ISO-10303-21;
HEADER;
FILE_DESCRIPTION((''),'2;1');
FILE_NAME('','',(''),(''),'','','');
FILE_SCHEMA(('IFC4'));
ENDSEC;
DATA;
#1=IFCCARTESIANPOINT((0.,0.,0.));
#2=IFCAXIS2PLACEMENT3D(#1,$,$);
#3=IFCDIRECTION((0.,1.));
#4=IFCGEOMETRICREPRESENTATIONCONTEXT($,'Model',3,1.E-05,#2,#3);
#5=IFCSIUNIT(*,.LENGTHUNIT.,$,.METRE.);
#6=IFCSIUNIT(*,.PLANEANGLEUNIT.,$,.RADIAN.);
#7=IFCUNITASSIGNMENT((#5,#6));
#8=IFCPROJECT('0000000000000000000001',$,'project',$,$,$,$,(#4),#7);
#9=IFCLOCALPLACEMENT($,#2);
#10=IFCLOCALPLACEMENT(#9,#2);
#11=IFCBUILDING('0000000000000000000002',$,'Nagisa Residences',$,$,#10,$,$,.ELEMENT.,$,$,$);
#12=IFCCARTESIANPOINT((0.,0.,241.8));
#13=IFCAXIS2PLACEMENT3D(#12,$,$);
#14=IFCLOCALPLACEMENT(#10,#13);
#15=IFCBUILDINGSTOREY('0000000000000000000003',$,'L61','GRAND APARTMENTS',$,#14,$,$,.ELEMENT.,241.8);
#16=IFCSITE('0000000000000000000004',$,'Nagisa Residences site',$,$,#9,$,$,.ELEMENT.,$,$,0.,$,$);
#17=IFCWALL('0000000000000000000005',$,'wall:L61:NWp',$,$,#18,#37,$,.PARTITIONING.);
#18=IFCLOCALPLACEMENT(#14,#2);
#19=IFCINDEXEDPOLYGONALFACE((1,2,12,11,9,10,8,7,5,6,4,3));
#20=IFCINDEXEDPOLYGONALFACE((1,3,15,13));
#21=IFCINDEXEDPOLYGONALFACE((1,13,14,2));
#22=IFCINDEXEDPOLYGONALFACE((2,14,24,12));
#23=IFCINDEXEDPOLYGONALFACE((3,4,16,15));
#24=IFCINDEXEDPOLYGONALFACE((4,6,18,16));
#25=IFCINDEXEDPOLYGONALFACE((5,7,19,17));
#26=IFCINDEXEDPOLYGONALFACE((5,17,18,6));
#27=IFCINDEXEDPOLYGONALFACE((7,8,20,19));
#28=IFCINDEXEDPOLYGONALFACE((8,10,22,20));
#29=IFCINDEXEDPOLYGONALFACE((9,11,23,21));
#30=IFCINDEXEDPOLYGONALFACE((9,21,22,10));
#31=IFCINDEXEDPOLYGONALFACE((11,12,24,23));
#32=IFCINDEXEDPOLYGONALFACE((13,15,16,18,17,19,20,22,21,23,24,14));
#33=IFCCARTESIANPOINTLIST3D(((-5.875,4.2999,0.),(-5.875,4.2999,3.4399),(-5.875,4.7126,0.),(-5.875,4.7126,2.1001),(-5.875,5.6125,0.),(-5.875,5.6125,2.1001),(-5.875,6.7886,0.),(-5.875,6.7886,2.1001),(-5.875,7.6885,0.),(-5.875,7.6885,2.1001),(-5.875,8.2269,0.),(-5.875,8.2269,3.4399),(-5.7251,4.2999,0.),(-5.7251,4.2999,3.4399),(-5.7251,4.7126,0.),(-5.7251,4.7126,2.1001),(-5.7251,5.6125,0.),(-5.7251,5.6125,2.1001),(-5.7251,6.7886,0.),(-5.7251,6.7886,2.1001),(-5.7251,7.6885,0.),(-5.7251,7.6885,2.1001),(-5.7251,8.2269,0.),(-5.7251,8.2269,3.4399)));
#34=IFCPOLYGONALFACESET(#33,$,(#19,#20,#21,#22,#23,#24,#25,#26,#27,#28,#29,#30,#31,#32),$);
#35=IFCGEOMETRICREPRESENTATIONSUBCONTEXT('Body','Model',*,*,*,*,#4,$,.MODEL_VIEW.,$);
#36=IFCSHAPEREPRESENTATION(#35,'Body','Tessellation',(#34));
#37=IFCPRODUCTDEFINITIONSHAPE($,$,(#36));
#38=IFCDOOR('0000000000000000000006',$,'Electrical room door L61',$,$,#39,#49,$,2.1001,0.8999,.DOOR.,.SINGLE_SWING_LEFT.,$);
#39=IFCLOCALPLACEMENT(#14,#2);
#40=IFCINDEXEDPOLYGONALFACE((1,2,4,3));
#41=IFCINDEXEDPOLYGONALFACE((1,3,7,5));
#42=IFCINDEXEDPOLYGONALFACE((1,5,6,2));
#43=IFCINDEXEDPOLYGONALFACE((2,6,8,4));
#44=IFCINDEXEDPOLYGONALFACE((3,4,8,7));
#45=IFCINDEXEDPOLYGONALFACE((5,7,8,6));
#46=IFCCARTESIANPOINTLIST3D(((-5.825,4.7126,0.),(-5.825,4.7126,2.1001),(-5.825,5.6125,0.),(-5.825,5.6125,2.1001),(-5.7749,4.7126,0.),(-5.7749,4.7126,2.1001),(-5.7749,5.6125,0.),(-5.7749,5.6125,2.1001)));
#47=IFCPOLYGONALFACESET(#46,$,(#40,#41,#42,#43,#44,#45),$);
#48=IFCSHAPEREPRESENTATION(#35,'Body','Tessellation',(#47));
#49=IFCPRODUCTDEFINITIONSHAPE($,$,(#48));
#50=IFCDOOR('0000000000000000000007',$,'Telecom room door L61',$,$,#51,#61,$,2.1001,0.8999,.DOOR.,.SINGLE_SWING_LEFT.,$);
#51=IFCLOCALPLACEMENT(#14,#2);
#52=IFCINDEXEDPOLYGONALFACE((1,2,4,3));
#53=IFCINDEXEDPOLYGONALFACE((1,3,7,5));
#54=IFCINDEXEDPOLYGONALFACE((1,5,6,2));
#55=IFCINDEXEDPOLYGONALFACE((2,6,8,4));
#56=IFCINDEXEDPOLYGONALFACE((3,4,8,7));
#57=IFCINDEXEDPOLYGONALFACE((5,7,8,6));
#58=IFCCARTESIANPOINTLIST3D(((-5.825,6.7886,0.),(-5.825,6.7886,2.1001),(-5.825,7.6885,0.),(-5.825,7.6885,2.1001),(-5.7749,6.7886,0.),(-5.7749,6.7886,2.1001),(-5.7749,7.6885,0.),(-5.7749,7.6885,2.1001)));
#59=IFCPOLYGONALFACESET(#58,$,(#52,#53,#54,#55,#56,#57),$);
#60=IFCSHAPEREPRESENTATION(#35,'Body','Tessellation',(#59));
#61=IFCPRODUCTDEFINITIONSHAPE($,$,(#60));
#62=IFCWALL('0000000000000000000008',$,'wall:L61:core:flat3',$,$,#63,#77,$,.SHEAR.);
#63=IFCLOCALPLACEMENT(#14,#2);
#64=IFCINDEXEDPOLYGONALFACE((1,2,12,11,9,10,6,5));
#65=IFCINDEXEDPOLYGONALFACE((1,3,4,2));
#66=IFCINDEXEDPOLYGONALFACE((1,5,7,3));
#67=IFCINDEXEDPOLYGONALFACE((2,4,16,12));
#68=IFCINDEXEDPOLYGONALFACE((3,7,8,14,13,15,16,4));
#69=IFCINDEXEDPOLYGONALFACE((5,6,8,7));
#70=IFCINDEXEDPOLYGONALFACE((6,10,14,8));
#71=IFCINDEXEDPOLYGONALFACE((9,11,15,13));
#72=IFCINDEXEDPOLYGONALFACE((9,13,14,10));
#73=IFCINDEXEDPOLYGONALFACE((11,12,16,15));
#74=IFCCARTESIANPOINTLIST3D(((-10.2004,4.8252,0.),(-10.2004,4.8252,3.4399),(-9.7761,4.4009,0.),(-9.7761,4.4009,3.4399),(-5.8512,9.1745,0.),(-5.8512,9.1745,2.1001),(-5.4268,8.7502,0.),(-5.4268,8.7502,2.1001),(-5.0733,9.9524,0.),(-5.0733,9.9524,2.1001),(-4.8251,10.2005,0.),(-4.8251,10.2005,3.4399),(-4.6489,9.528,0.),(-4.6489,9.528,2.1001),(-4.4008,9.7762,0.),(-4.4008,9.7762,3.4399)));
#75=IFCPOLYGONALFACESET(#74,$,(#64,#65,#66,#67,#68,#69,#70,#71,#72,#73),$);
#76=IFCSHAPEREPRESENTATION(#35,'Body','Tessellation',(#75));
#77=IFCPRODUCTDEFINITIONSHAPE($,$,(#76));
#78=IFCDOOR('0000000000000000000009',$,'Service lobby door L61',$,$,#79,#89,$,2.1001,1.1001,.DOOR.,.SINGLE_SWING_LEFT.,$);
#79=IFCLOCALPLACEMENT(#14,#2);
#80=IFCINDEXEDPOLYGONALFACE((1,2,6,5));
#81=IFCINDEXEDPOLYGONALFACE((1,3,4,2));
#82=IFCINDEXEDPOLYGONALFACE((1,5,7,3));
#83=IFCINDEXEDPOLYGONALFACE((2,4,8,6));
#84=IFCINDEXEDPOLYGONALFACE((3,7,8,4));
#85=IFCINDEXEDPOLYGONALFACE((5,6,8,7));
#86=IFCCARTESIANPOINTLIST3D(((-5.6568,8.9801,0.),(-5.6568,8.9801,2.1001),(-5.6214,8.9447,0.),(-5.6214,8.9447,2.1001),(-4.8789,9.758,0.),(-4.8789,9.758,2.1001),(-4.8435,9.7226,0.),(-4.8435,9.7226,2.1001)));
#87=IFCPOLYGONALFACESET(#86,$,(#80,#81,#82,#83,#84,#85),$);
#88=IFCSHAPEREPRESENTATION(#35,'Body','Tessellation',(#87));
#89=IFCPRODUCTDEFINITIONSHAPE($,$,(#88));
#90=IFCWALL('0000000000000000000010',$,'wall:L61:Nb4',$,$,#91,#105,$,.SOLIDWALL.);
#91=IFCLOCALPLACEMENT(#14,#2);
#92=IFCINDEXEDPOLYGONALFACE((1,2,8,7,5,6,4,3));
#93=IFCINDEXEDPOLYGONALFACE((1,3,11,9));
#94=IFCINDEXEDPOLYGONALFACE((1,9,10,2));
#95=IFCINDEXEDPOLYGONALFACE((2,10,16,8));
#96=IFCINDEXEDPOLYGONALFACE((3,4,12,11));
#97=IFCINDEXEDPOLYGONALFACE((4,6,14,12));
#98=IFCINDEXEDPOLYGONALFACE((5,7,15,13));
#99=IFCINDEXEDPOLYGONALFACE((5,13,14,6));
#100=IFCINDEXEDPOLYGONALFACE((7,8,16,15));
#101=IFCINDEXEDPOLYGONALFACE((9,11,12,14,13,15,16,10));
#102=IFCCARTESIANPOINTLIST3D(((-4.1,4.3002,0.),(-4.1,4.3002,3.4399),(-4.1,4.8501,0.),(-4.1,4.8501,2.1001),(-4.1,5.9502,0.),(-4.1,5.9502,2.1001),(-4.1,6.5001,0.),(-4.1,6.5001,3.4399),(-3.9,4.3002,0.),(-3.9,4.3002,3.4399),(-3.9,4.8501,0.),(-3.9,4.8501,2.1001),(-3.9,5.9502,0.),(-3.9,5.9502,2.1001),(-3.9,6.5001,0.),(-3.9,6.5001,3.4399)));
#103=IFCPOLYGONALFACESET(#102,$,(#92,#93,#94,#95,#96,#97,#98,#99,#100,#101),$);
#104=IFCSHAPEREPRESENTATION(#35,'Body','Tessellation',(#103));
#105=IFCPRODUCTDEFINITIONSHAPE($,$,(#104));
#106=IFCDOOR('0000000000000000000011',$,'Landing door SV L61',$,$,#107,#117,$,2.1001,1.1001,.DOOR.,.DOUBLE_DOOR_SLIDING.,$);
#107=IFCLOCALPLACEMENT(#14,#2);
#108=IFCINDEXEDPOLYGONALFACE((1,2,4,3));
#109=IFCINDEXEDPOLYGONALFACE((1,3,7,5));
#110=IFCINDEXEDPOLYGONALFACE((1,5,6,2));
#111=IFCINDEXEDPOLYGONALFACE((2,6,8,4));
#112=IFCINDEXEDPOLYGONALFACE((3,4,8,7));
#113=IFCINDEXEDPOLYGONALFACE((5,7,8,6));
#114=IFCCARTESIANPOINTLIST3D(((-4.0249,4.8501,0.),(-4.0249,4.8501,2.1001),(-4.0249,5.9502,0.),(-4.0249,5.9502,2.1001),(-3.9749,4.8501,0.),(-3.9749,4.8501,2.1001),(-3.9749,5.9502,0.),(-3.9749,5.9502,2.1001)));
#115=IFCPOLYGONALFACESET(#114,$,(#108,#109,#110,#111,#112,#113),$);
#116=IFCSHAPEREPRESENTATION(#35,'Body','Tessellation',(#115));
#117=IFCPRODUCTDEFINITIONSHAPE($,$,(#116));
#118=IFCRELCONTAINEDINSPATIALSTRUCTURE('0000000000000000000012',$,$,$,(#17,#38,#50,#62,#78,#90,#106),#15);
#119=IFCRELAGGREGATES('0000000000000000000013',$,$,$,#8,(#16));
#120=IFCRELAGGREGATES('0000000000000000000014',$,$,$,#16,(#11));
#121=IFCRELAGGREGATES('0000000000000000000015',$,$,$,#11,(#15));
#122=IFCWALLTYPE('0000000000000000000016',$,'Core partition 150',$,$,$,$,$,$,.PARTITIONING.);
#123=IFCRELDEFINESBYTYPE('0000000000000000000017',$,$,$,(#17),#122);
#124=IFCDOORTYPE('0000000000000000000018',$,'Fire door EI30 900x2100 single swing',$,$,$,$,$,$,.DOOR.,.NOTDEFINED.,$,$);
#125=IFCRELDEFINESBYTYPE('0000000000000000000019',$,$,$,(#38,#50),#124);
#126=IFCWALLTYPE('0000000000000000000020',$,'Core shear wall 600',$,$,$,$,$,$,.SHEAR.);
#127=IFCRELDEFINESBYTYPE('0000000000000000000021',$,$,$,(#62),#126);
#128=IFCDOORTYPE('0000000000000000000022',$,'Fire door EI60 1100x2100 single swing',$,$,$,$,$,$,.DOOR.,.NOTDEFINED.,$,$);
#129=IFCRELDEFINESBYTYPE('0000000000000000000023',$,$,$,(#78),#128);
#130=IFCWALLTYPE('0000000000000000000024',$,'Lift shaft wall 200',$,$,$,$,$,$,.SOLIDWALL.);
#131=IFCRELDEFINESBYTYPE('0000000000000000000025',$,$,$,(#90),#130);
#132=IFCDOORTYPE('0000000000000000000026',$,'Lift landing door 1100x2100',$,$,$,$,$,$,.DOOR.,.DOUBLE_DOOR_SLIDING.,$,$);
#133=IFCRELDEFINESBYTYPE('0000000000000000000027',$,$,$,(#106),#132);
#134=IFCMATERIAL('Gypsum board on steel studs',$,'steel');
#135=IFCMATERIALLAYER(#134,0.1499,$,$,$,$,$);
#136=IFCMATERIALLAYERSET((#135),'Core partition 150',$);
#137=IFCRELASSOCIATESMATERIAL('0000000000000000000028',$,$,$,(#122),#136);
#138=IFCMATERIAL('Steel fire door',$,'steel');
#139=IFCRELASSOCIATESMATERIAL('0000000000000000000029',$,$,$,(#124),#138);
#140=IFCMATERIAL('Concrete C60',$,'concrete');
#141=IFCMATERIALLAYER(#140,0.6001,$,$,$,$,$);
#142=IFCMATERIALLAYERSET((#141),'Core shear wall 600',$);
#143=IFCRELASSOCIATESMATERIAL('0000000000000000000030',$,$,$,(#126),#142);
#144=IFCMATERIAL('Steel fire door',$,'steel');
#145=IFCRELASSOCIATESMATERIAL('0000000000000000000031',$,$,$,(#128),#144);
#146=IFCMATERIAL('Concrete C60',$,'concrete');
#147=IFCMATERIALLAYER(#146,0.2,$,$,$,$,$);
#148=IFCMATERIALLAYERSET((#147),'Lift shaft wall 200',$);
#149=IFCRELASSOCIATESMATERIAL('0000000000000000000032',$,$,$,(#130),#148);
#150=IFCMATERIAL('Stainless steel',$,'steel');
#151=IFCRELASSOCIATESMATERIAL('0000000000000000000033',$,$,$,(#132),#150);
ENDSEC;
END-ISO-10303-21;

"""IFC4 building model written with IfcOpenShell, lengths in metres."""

from ifc_helpers import new_model, si_unit, direction, frame, frame_2d, origin, place, context, subcontext, project, spatial, rectangle, extrude, material, layer, layer_set, type_object, element, fill, save


model = new_model("IFC4")

# Units and contexts
model_context = context("Model", 3, precision=1e-05, world=origin(), true_north=direction((0.0, 1.0)))
body_context = subcontext(model_context, "Body", "Model", "MODEL_VIEW")
ifc_project = project(units=[si_unit("LENGTHUNIT", "METRE"), si_unit("PLANEANGLEUNIT", "RADIAN")], contexts=[model_context])

# Site, building, storey
site_placement = place(None, origin())
site = spatial("IfcSite", under=ifc_project, at=site_placement, Name="Nagisa Residences site", CompositionType="ELEMENT", RefElevation=0.0)
building_placement = place(site_placement, origin())
building = spatial("IfcBuilding", under=site, at=building_placement, Name="Nagisa Residences", CompositionType="ELEMENT")
storey_placement = place(building_placement, frame((0.0, 0.0, 241.8)))
storey = spatial("IfcBuildingStorey", under=building, at=storey_placement, Name="L61", Description="GRAND APARTMENTS", CompositionType="ELEMENT", Elevation=241.8)

# Wall, openings, doors
ifc_material_1 = material(Name="Gypsum board on steel studs", Category="steel")
ifc_layer_1 = layer(ifc_material_1, 0.1499)
ifc_layer_set_1 = layer_set([ifc_layer_1], Name="Core partition 150")
wall_type_1 = type_object("IfcWallType", Name="Core partition 150", PredefinedType="PARTITIONING", material=ifc_layer_set_1)
wall_1_placement = place(storey_placement, frame((-5.8, 4.3, 0.0), z_axis=(0.0, 0.0, 1.0), x_axis=(0.0, 1.0, 0.0)))
wall_1 = element("IfcWall", 1, at=wall_1_placement, inside=storey, type_object=wall_type_1, Name="wall:L61:NWp", PredefinedType="PARTITIONING", context=body_context, shape_type="SweptSolid", body=[
    extrude(rectangle(XDim=3.927, YDim=0.1499, at=frame_2d((1.9634, 0.0))), origin(), (0.0, 0.0, 1.0), 3.4399),
])
opening_1_placement = place(wall_1_placement, frame((0.4126, 0.0, 0.0)))
opening_1 = element("IfcOpeningElement", 2, at=opening_1_placement, cuts=wall_1, PredefinedType="OPENING", context=body_context, shape_type="SweptSolid", body=[
    extrude(rectangle(XDim=0.8999, YDim=2.1001, at=frame_2d((0.45, 1.05))), frame((0.0, 0.085, 0.0), z_axis=(0.0, -1.0, 0.0), x_axis=(1.0, 0.0, 0.0)), (0.0, 0.0, 1.0), 0.1699),
])
opening_2_placement = place(wall_1_placement, frame((2.4885, 0.0, 0.0)))
opening_2 = element("IfcOpeningElement", 3, at=opening_2_placement, cuts=wall_1, PredefinedType="OPENING", context=body_context, shape_type="SweptSolid", body=[
    extrude(rectangle(XDim=0.8999, YDim=2.1001, at=frame_2d((0.45, 1.05))), frame((0.0, 0.085, 0.0), z_axis=(0.0, -1.0, 0.0), x_axis=(1.0, 0.0, 0.0)), (0.0, 0.0, 1.0), 0.1699),
])
ifc_material_2 = material(Name="Steel fire door", Category="steel")
door_type_1 = type_object("IfcDoorType", Name="Fire door EI30 900x2100 single swing", OperationType="NOTDEFINED", PredefinedType="DOOR", material=ifc_material_2)
door_1_placement = place(opening_1_placement, origin())
door_1 = element("IfcDoor", 4, at=door_1_placement, inside=storey, type_object=door_type_1, Name="Electrical room door L61", OperationType="SINGLE_SWING_LEFT", OverallHeight=2.1001, OverallWidth=0.8999, PredefinedType="DOOR", context=body_context, shape_type="SweptSolid", body=[
    extrude(rectangle(XDim=0.8999, YDim=2.1001, at=frame_2d((0.45, 1.05))), frame((0.0, 0.0249, 0.0), z_axis=(0.0, -1.0, 0.0), x_axis=(1.0, 0.0, 0.0)), (0.0, 0.0, 1.0), 0.05),
])
fill(opening_1, door_1)
door_2_placement = place(opening_2_placement, origin())
door_2 = element("IfcDoor", 5, at=door_2_placement, inside=storey, type_object=door_type_1, Name="Telecom room door L61", OperationType="SINGLE_SWING_LEFT", OverallHeight=2.1001, OverallWidth=0.8999, PredefinedType="DOOR", context=body_context, shape_type="SweptSolid", body=[
    extrude(rectangle(XDim=0.8999, YDim=2.1001, at=frame_2d((0.45, 1.05))), frame((0.0, 0.0249, 0.0), z_axis=(0.0, -1.0, 0.0), x_axis=(1.0, 0.0, 0.0)), (0.0, 0.0, 1.0), 0.05),
])
fill(opening_2, door_2)

# Walls, openings, doors
ifc_material_3 = material(Name="Concrete C60", Category="concrete")
ifc_layer_2 = layer(ifc_material_3, 0.6001)
ifc_layer_set_2 = layer_set([ifc_layer_2], Name="Core shear wall 600")
wall_type_2 = type_object("IfcWallType", Name="Core shear wall 600", PredefinedType="SHEAR", material=ifc_layer_set_2)
wall_2_placement = place(storey_placement, frame((-4.613, 9.9883, 0.0), z_axis=(0.0, 0.0, 1.0), x_axis=(-0.707107, -0.707107, 0.0)))
wall_2 = element("IfcWall", 6, at=wall_2_placement, inside=storey, type_object=wall_type_2, Name="wall:L61:core:flat3", PredefinedType="SHEAR", context=body_context, shape_type="SweptSolid", body=[
    extrude(rectangle(XDim=7.6018, YDim=0.6001, at=frame_2d((3.8008, 0.0))), origin(), (0.0, 0.0, 1.0), 3.4399),
])
opening_3_placement = place(wall_2_placement, frame((0.3508, 0.0, 0.0)))
opening_3 = element("IfcOpeningElement", 7, at=opening_3_placement, cuts=wall_2, PredefinedType="OPENING", context=body_context, shape_type="SweptSolid", body=[
    extrude(rectangle(XDim=1.1001, YDim=2.1001, at=frame_2d((0.55, 1.05))), frame((0.0, 0.3101, 0.0), z_axis=(0.0, -1.0, 0.0), x_axis=(1.0, 0.0, 0.0)), (0.0, 0.0, 1.0), 0.6201),
])
ifc_material_4 = material(Name="Steel fire door", Category="steel")
door_type_2 = type_object("IfcDoorType", Name="Fire door EI60 1100x2100 single swing", OperationType="NOTDEFINED", PredefinedType="DOOR", material=ifc_material_4)
door_3_placement = place(opening_3_placement, origin())
door_3 = element("IfcDoor", 8, at=door_3_placement, inside=storey, type_object=door_type_2, Name="Service lobby door L61", OperationType="SINGLE_SWING_LEFT", OverallHeight=2.1001, OverallWidth=1.1001, PredefinedType="DOOR", context=body_context, shape_type="SweptSolid", body=[
    extrude(rectangle(XDim=1.1001, YDim=2.1001, at=frame_2d((0.55, 1.05))), frame((0.0, 0.0249, 0.0), z_axis=(0.0, -1.0, 0.0), x_axis=(1.0, 0.0, 0.0)), (0.0, 0.0, 1.0), 0.05),
])
fill(opening_3, door_3)
ifc_material_5 = material(Name="Concrete C60", Category="concrete")
ifc_layer_3 = layer(ifc_material_5, 0.2)
ifc_layer_set_3 = layer_set([ifc_layer_3], Name="Lift shaft wall 200")
wall_type_3 = type_object("IfcWallType", Name="Lift shaft wall 200", PredefinedType="SOLIDWALL", material=ifc_layer_set_3)
wall_3_placement = place(storey_placement, frame((-4.0, 4.3, 0.0), z_axis=(0.0, 0.0, 1.0), x_axis=(0.0, 1.0, 0.0)))
wall_3 = element("IfcWall", 9, at=wall_3_placement, inside=storey, type_object=wall_type_3, Name="wall:L61:Nb4", PredefinedType="SOLIDWALL", context=body_context, shape_type="SweptSolid", body=[
    extrude(rectangle(XDim=2.2, YDim=0.2, at=frame_2d((1.1001, 0.0))), origin(), (0.0, 0.0, 1.0), 3.4399),
])
opening_4_placement = place(wall_3_placement, frame((0.55, 0.0, 0.0)))
opening_4 = element("IfcOpeningElement", 10, at=opening_4_placement, cuts=wall_3, PredefinedType="OPENING", context=body_context, shape_type="SweptSolid", body=[
    extrude(rectangle(XDim=1.1001, YDim=2.1001, at=frame_2d((0.55, 1.05))), frame((0.0, 0.1099, 0.0), z_axis=(0.0, -1.0, 0.0), x_axis=(1.0, 0.0, 0.0)), (0.0, 0.0, 1.0), 0.22),
])
ifc_material_6 = material(Name="Stainless steel", Category="steel")
door_type_3 = type_object("IfcDoorType", Name="Lift landing door 1100x2100", OperationType="DOUBLE_DOOR_SLIDING", PredefinedType="DOOR", material=ifc_material_6)
door_4_placement = place(opening_4_placement, origin())
door_4 = element("IfcDoor", 11, at=door_4_placement, inside=storey, type_object=door_type_3, Name="Landing door SV L61", OperationType="DOUBLE_DOOR_SLIDING", OverallHeight=2.1001, OverallWidth=1.1001, PredefinedType="DOOR", context=body_context, shape_type="SweptSolid", body=[
    extrude(rectangle(XDim=1.1001, YDim=2.1001, at=frame_2d((0.55, 1.05))), frame((0.0, 0.0249, 0.0), z_axis=(0.0, -1.0, 0.0), x_axis=(1.0, 0.0, 0.0)), (0.0, 0.0, 1.0), 0.05),
])
fill(opening_4, door_4)

save(model, "model.ifc")
